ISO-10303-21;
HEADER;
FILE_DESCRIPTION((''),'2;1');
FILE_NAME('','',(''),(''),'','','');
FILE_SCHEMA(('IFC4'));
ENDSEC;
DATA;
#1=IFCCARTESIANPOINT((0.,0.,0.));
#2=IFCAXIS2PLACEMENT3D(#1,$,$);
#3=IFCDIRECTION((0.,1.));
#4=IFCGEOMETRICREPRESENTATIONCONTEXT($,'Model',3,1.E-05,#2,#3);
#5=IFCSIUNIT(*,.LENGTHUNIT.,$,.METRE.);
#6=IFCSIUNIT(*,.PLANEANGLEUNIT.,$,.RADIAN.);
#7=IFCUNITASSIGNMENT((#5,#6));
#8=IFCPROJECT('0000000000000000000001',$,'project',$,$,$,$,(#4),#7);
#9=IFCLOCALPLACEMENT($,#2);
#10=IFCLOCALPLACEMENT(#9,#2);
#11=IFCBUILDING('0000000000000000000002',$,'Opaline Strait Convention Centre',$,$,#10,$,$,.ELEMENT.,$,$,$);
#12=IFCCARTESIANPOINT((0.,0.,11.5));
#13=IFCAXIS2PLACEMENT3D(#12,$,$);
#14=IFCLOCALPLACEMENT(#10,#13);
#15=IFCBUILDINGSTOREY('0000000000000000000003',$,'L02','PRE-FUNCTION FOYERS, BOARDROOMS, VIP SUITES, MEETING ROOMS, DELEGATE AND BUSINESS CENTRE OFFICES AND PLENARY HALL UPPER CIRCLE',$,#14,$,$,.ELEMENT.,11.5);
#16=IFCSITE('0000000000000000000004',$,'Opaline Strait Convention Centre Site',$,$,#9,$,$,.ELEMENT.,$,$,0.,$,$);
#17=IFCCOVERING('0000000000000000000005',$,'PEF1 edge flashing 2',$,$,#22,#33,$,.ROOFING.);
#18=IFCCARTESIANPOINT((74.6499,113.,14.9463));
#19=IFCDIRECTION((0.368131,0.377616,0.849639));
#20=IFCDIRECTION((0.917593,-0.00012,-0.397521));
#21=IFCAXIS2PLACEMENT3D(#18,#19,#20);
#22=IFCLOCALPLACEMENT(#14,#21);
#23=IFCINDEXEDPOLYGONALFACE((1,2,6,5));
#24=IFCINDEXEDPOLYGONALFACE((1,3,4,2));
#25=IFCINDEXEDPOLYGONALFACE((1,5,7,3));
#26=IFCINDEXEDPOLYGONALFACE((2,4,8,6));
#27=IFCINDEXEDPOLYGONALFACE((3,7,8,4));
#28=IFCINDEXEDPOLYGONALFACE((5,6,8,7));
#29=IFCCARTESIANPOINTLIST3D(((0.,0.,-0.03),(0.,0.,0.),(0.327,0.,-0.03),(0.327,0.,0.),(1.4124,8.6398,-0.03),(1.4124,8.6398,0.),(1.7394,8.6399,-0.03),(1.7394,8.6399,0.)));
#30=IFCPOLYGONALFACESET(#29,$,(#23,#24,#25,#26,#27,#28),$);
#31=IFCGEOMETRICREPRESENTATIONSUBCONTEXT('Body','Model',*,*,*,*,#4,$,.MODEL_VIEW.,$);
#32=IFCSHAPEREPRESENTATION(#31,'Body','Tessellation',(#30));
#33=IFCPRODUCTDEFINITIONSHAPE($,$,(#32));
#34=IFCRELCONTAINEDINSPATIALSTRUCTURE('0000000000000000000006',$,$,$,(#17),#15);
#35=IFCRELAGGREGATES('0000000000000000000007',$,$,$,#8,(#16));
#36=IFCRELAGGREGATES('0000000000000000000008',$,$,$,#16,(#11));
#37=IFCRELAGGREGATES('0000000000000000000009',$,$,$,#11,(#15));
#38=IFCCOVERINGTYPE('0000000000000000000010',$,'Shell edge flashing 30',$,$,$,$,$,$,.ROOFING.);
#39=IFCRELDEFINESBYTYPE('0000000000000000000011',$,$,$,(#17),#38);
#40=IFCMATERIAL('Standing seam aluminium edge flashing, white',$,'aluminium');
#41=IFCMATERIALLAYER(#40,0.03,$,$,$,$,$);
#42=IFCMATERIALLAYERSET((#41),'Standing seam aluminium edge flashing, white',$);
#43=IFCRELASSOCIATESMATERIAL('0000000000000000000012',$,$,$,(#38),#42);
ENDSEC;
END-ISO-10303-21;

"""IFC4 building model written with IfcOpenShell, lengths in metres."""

from ifc_helpers import new_model, si_unit, direction, frame, origin, place, context, subcontext, project, spatial, polyline, outline, extrude, material, layer, layer_set, type_object, element, save


model = new_model("IFC4")

# Units and contexts
model_context = context("Model", 3, precision=1e-05, world=origin(), true_north=direction((0.0, 1.0)))
body_context = subcontext(model_context, "Body", "Model", "MODEL_VIEW")
ifc_project = project(units=[si_unit("LENGTHUNIT", "METRE"), si_unit("PLANEANGLEUNIT", "RADIAN")], contexts=[model_context])

# Site, building, storey
site_placement = place(None, origin())
site = spatial("IfcSite", under=ifc_project, at=site_placement, Name="Opaline Strait Convention Centre Site", CompositionType="ELEMENT", RefElevation=0.0)
building_placement = place(site_placement, origin())
building = spatial("IfcBuilding", under=site, at=building_placement, Name="Opaline Strait Convention Centre", CompositionType="ELEMENT")
storey_placement = place(building_placement, frame((0.0, 0.0, 11.5)))
storey = spatial("IfcBuildingStorey", under=building, at=storey_placement, Name="L02", Description="PRE-FUNCTION FOYERS, BOARDROOMS, VIP SUITES, MEETING ROOMS, DELEGATE AND BUSINESS CENTRE OFFICES AND PLENARY HALL UPPER CIRCLE", CompositionType="ELEMENT", Elevation=11.5)

# Covering
ifc_material_1 = material(Name="Standing seam aluminium edge flashing, white", Category="aluminium")
ifc_layer_1 = layer(ifc_material_1, 0.03)
ifc_layer_set_1 = layer_set([ifc_layer_1], Name="Standing seam aluminium edge flashing, white")
covering_type_1 = type_object("IfcCoveringType", Name="Shell edge flashing 30", PredefinedType="ROOFING", material=ifc_layer_set_1)
covering_1_placement = place(storey_placement, frame((74.6499, 113.0, 14.9463), z_axis=(0.368131, 0.377616, 0.849639), x_axis=(0.917593, -0.00012, -0.397521)))
element("IfcCovering", 1, at=covering_1_placement, inside=storey, type_object=covering_type_1, Name="PEF1 edge flashing 2", PredefinedType="ROOFING", context=body_context, shape_type="SweptSolid", body=[
    extrude(outline(polyline([(0.0, 0.0), (0.327, 0.0), (1.7394, 8.6399), (1.4124, 8.6398), (0.0, 0.0)])), origin(), (0.0, 0.0, -1.0), 0.03),
])

save(model, "model.ifc")
